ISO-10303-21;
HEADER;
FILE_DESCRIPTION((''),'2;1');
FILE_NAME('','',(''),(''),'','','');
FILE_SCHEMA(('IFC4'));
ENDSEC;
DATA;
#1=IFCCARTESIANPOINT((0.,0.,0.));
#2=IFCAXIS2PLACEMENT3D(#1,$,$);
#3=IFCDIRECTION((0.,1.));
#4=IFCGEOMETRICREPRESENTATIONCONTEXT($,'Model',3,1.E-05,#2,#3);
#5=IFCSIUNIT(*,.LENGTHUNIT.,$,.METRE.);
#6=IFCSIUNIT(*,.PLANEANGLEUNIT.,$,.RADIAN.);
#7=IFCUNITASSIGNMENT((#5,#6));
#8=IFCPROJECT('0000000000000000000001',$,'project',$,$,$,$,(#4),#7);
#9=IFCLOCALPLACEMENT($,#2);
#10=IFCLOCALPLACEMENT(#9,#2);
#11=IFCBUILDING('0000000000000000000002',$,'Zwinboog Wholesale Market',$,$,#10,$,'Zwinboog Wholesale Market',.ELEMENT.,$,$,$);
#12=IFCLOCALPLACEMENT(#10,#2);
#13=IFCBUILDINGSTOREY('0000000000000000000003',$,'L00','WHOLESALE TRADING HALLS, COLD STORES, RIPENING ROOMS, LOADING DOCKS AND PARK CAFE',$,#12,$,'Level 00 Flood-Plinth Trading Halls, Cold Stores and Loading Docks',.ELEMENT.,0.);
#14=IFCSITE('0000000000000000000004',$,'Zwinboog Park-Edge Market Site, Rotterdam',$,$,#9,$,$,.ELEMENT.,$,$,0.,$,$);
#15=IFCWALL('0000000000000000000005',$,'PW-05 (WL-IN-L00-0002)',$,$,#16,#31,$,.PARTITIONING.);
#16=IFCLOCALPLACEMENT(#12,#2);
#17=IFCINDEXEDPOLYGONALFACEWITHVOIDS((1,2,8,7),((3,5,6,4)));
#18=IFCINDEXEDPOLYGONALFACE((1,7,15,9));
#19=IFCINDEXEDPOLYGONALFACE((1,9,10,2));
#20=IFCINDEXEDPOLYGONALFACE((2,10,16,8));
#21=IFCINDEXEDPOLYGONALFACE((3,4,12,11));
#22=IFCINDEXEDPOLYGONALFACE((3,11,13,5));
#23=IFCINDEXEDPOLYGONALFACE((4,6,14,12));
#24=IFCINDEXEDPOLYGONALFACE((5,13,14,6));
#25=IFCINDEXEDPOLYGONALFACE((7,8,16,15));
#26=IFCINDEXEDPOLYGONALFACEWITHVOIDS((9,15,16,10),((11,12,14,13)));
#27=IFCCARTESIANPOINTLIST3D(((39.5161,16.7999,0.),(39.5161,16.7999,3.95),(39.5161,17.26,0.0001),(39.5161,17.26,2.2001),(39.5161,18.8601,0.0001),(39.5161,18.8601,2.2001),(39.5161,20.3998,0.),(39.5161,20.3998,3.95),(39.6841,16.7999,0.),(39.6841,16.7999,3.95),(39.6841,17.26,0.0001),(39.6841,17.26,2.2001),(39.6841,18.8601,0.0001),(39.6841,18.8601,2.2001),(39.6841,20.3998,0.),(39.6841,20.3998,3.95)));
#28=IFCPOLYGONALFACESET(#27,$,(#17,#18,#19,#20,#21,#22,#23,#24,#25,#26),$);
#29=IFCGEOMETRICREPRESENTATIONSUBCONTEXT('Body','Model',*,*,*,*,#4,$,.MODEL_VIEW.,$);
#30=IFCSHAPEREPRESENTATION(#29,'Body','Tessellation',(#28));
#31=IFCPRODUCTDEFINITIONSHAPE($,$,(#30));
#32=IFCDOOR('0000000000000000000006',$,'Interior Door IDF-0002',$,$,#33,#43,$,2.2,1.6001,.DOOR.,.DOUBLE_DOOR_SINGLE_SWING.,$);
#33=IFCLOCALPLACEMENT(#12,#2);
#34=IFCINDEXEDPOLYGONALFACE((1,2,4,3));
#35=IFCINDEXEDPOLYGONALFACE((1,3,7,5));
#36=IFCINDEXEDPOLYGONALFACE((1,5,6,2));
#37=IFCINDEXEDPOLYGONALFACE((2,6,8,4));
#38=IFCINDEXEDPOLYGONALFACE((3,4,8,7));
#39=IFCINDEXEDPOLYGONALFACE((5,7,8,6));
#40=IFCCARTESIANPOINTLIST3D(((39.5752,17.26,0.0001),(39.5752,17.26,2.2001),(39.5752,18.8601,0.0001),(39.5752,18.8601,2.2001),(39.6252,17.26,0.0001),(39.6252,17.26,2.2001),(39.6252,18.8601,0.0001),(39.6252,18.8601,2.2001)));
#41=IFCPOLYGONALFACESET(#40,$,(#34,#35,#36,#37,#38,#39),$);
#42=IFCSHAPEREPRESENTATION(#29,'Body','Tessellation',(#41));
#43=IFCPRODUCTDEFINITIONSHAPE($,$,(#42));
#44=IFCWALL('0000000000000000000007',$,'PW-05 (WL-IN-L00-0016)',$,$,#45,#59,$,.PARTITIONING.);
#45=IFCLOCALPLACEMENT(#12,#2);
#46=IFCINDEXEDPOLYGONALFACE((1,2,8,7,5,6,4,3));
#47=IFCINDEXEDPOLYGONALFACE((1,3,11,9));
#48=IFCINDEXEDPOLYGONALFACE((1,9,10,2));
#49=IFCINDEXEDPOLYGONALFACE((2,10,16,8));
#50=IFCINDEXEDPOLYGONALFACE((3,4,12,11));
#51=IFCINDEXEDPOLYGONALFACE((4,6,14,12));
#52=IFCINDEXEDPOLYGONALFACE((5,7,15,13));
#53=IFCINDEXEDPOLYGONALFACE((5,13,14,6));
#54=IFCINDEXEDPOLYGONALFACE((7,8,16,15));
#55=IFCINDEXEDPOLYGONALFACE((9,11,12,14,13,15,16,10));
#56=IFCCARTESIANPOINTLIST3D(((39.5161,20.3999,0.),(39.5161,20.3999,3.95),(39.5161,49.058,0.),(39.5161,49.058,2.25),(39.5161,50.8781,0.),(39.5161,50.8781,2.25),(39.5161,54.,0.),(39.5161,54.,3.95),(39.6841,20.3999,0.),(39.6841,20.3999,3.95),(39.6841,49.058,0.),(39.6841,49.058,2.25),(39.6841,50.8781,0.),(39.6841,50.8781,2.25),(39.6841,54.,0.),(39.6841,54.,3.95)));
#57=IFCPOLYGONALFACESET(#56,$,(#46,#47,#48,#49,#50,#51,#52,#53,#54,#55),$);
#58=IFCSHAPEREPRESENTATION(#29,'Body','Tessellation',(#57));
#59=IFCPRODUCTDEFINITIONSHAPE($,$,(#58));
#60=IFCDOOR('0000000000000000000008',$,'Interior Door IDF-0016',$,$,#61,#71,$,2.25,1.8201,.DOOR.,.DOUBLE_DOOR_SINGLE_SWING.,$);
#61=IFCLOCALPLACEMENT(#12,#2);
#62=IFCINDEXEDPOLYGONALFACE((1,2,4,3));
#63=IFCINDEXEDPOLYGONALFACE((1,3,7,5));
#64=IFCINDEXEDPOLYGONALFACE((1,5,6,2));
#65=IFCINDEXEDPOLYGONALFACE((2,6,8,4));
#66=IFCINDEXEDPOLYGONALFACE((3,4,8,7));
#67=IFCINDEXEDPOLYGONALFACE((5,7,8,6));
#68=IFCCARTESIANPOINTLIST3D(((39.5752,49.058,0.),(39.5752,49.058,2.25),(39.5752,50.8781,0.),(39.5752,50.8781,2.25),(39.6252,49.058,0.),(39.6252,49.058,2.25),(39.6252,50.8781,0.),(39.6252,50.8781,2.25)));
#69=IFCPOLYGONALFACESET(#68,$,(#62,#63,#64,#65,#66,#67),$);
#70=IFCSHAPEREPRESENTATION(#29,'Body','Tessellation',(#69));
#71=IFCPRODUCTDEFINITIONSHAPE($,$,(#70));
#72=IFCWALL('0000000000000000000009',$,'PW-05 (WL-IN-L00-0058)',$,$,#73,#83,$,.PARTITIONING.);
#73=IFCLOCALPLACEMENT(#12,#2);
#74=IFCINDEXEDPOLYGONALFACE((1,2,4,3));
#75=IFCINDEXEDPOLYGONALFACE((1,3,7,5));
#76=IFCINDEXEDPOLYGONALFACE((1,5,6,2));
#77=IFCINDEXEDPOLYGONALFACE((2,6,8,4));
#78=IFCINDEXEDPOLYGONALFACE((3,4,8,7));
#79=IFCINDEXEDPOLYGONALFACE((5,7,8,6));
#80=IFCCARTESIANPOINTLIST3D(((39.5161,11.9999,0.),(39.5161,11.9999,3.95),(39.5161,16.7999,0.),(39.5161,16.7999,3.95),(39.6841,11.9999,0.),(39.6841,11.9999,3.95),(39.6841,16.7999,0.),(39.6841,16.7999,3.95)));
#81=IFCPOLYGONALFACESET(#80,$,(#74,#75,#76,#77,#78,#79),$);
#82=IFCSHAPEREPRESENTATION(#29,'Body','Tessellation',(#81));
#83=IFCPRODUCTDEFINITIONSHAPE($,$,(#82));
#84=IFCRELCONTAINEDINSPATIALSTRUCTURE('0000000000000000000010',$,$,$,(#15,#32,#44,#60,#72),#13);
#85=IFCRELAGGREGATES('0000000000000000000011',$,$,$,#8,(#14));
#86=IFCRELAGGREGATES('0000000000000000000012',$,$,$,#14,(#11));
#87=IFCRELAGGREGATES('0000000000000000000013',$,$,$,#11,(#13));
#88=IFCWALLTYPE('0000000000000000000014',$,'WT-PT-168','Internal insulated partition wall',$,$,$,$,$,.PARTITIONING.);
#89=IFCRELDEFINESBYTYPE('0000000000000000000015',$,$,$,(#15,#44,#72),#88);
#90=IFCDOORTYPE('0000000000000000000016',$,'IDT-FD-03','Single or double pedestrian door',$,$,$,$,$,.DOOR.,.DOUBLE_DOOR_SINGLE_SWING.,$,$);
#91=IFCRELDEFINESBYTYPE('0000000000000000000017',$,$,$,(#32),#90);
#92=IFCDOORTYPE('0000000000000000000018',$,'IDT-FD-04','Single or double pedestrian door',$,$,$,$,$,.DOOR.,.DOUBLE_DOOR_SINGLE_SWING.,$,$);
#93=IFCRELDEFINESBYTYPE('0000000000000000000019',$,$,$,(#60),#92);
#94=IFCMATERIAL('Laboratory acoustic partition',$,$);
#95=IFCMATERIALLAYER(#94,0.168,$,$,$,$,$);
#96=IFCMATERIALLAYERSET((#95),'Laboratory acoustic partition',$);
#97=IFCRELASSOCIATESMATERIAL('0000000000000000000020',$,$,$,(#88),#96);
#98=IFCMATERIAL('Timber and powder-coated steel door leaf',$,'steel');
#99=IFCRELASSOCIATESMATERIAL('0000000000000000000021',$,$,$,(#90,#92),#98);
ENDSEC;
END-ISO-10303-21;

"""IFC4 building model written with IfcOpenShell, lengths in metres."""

from ifc_helpers import new_model, si_unit, direction, frame, frame_2d, origin, place, context, subcontext, project, spatial, rectangle, extrude, material, layer, layer_set, type_object, element, fill, save


model = new_model("IFC4")

# Units and contexts
model_context = context("Model", 3, precision=1e-05, world=origin(), true_north=direction((0.0, 1.0)))
body_context = subcontext(model_context, "Body", "Model", "MODEL_VIEW")
ifc_project = project(units=[si_unit("LENGTHUNIT", "METRE"), si_unit("PLANEANGLEUNIT", "RADIAN")], contexts=[model_context])

# Site, building, storey
site_placement = place(None, origin())
site = spatial("IfcSite", under=ifc_project, at=site_placement, Name="Zwinboog Park-Edge Market Site, Rotterdam", CompositionType="ELEMENT", RefElevation=0.0)
building_placement = place(site_placement, origin())
building = spatial("IfcBuilding", under=site, at=building_placement, Name="Zwinboog Wholesale Market", LongName="Zwinboog Wholesale Market", CompositionType="ELEMENT")
storey_placement = place(building_placement, origin())
storey = spatial("IfcBuildingStorey", under=building, at=storey_placement, Name="L00", Description="WHOLESALE TRADING HALLS, COLD STORES, RIPENING ROOMS, LOADING DOCKS AND PARK CAFE", LongName="Level 00 Flood-Plinth Trading Halls, Cold Stores and Loading Docks", CompositionType="ELEMENT", Elevation=0.0)

# Walls, openings, doors
ifc_material_1 = material(Name="Laboratory acoustic partition")
ifc_layer_1 = layer(ifc_material_1, 0.168)
ifc_layer_set_1 = layer_set([ifc_layer_1], Name="Laboratory acoustic partition")
wall_type_1 = type_object("IfcWallType", Name="WT-PT-168", Description="Internal insulated partition wall", PredefinedType="PARTITIONING", material=ifc_layer_set_1)
wall_1_placement = place(storey_placement, frame((39.6001, 16.8, 0.0), z_axis=(0.0, 0.0, 1.0), x_axis=(0.0, 1.0, 0.0)))
wall_1 = element("IfcWall", 1, at=wall_1_placement, inside=storey, type_object=wall_type_1, Name="PW-05 (WL-IN-L00-0002)", PredefinedType="PARTITIONING", context=body_context, shape_type="SweptSolid", body=[
    extrude(rectangle(XDim=3.5999, YDim=0.168, at=frame_2d((1.7998, 0.0))), origin(), (0.0, 0.0, 1.0), 3.95),
])
opening_1_placement = place(wall_1_placement, frame((0.46, 0.0, 0.0)))
opening_1 = element("IfcOpeningElement", 2, at=opening_1_placement, cuts=wall_1, PredefinedType="OPENING", context=body_context, shape_type="SweptSolid", body=[
    extrude(rectangle(XDim=1.6001, YDim=2.2, at=frame_2d((0.8, 1.1001))), frame((0.0, 0.094, 0.0), z_axis=(0.0, -1.0, 0.0), x_axis=(1.0, 0.0, 0.0)), (0.0, 0.0, 1.0), 0.188),
])
ifc_material_2 = material(Name="Timber and powder-coated steel door leaf", Category="steel")
door_type_1 = type_object("IfcDoorType", Name="IDT-FD-03", Description="Single or double pedestrian door", OperationType="DOUBLE_DOOR_SINGLE_SWING", PredefinedType="DOOR", material=ifc_material_2)
door_1_placement = place(opening_1_placement, origin())
door_1 = element("IfcDoor", 3, at=door_1_placement, inside=storey, type_object=door_type_1, Name="Interior Door IDF-0002", OperationType="DOUBLE_DOOR_SINGLE_SWING", OverallHeight=2.2, OverallWidth=1.6001, PredefinedType="DOOR", context=body_context, shape_type="SweptSolid", body=[
    extrude(rectangle(XDim=1.6001, YDim=2.2, at=frame_2d((0.8, 1.1001))), frame((0.0, 0.0249, 0.0), z_axis=(0.0, -1.0, 0.0), x_axis=(1.0, 0.0, 0.0)), (0.0, 0.0, 1.0), 0.05),
])
fill(opening_1, door_1)
wall_2_placement = place(storey_placement, frame((39.6001, 20.3999, 0.0), z_axis=(0.0, 0.0, 1.0), x_axis=(0.0, 1.0, 0.0)))
wall_2 = element("IfcWall", 4, at=wall_2_placement, inside=storey, type_object=wall_type_1, Name="PW-05 (WL-IN-L00-0016)", PredefinedType="PARTITIONING", context=body_context, shape_type="SweptSolid", body=[
    extrude(rectangle(XDim=33.6001, YDim=0.168, at=frame_2d((16.8, 0.0))), origin(), (0.0, 0.0, 1.0), 3.95),
])
opening_2_placement = place(wall_2_placement, frame((28.658, 0.0, 0.0)))
opening_2 = element("IfcOpeningElement", 5, at=opening_2_placement, cuts=wall_2, PredefinedType="OPENING", context=body_context, shape_type="SweptSolid", body=[
    extrude(rectangle(XDim=1.8201, YDim=2.25, at=frame_2d((0.9102, 1.125))), frame((0.0, 0.094, 0.0), z_axis=(0.0, -1.0, 0.0), x_axis=(1.0, 0.0, 0.0)), (0.0, 0.0, 1.0), 0.188),
])
door_type_2 = type_object("IfcDoorType", Name="IDT-FD-04", Description="Single or double pedestrian door", OperationType="DOUBLE_DOOR_SINGLE_SWING", PredefinedType="DOOR", material=ifc_material_2)
door_2_placement = place(opening_2_placement, origin())
door_2 = element("IfcDoor", 6, at=door_2_placement, inside=storey, type_object=door_type_2, Name="Interior Door IDF-0016", OperationType="DOUBLE_DOOR_SINGLE_SWING", OverallHeight=2.25, OverallWidth=1.8201, PredefinedType="DOOR", context=body_context, shape_type="SweptSolid", body=[
    extrude(rectangle(XDim=1.8201, YDim=2.25, at=frame_2d((0.9102, 1.125))), frame((0.0, 0.0249, 0.0), z_axis=(0.0, -1.0, 0.0), x_axis=(1.0, 0.0, 0.0)), (0.0, 0.0, 1.0), 0.05),
])
fill(opening_2, door_2)

# Wall
wall_3_placement = place(storey_placement, frame((39.6001, 12.0, 0.0), z_axis=(0.0, 0.0, 1.0), x_axis=(0.0, 1.0, 0.0)))
element("IfcWall", 7, at=wall_3_placement, inside=storey, type_object=wall_type_1, Name="PW-05 (WL-IN-L00-0058)", PredefinedType="PARTITIONING", context=body_context, shape_type="SweptSolid", body=[
    extrude(rectangle(XDim=4.8, YDim=0.168, at=frame_2d((2.3999, 0.0))), origin(), (0.0, 0.0, 1.0), 3.95),
])

save(model, "model.ifc")
